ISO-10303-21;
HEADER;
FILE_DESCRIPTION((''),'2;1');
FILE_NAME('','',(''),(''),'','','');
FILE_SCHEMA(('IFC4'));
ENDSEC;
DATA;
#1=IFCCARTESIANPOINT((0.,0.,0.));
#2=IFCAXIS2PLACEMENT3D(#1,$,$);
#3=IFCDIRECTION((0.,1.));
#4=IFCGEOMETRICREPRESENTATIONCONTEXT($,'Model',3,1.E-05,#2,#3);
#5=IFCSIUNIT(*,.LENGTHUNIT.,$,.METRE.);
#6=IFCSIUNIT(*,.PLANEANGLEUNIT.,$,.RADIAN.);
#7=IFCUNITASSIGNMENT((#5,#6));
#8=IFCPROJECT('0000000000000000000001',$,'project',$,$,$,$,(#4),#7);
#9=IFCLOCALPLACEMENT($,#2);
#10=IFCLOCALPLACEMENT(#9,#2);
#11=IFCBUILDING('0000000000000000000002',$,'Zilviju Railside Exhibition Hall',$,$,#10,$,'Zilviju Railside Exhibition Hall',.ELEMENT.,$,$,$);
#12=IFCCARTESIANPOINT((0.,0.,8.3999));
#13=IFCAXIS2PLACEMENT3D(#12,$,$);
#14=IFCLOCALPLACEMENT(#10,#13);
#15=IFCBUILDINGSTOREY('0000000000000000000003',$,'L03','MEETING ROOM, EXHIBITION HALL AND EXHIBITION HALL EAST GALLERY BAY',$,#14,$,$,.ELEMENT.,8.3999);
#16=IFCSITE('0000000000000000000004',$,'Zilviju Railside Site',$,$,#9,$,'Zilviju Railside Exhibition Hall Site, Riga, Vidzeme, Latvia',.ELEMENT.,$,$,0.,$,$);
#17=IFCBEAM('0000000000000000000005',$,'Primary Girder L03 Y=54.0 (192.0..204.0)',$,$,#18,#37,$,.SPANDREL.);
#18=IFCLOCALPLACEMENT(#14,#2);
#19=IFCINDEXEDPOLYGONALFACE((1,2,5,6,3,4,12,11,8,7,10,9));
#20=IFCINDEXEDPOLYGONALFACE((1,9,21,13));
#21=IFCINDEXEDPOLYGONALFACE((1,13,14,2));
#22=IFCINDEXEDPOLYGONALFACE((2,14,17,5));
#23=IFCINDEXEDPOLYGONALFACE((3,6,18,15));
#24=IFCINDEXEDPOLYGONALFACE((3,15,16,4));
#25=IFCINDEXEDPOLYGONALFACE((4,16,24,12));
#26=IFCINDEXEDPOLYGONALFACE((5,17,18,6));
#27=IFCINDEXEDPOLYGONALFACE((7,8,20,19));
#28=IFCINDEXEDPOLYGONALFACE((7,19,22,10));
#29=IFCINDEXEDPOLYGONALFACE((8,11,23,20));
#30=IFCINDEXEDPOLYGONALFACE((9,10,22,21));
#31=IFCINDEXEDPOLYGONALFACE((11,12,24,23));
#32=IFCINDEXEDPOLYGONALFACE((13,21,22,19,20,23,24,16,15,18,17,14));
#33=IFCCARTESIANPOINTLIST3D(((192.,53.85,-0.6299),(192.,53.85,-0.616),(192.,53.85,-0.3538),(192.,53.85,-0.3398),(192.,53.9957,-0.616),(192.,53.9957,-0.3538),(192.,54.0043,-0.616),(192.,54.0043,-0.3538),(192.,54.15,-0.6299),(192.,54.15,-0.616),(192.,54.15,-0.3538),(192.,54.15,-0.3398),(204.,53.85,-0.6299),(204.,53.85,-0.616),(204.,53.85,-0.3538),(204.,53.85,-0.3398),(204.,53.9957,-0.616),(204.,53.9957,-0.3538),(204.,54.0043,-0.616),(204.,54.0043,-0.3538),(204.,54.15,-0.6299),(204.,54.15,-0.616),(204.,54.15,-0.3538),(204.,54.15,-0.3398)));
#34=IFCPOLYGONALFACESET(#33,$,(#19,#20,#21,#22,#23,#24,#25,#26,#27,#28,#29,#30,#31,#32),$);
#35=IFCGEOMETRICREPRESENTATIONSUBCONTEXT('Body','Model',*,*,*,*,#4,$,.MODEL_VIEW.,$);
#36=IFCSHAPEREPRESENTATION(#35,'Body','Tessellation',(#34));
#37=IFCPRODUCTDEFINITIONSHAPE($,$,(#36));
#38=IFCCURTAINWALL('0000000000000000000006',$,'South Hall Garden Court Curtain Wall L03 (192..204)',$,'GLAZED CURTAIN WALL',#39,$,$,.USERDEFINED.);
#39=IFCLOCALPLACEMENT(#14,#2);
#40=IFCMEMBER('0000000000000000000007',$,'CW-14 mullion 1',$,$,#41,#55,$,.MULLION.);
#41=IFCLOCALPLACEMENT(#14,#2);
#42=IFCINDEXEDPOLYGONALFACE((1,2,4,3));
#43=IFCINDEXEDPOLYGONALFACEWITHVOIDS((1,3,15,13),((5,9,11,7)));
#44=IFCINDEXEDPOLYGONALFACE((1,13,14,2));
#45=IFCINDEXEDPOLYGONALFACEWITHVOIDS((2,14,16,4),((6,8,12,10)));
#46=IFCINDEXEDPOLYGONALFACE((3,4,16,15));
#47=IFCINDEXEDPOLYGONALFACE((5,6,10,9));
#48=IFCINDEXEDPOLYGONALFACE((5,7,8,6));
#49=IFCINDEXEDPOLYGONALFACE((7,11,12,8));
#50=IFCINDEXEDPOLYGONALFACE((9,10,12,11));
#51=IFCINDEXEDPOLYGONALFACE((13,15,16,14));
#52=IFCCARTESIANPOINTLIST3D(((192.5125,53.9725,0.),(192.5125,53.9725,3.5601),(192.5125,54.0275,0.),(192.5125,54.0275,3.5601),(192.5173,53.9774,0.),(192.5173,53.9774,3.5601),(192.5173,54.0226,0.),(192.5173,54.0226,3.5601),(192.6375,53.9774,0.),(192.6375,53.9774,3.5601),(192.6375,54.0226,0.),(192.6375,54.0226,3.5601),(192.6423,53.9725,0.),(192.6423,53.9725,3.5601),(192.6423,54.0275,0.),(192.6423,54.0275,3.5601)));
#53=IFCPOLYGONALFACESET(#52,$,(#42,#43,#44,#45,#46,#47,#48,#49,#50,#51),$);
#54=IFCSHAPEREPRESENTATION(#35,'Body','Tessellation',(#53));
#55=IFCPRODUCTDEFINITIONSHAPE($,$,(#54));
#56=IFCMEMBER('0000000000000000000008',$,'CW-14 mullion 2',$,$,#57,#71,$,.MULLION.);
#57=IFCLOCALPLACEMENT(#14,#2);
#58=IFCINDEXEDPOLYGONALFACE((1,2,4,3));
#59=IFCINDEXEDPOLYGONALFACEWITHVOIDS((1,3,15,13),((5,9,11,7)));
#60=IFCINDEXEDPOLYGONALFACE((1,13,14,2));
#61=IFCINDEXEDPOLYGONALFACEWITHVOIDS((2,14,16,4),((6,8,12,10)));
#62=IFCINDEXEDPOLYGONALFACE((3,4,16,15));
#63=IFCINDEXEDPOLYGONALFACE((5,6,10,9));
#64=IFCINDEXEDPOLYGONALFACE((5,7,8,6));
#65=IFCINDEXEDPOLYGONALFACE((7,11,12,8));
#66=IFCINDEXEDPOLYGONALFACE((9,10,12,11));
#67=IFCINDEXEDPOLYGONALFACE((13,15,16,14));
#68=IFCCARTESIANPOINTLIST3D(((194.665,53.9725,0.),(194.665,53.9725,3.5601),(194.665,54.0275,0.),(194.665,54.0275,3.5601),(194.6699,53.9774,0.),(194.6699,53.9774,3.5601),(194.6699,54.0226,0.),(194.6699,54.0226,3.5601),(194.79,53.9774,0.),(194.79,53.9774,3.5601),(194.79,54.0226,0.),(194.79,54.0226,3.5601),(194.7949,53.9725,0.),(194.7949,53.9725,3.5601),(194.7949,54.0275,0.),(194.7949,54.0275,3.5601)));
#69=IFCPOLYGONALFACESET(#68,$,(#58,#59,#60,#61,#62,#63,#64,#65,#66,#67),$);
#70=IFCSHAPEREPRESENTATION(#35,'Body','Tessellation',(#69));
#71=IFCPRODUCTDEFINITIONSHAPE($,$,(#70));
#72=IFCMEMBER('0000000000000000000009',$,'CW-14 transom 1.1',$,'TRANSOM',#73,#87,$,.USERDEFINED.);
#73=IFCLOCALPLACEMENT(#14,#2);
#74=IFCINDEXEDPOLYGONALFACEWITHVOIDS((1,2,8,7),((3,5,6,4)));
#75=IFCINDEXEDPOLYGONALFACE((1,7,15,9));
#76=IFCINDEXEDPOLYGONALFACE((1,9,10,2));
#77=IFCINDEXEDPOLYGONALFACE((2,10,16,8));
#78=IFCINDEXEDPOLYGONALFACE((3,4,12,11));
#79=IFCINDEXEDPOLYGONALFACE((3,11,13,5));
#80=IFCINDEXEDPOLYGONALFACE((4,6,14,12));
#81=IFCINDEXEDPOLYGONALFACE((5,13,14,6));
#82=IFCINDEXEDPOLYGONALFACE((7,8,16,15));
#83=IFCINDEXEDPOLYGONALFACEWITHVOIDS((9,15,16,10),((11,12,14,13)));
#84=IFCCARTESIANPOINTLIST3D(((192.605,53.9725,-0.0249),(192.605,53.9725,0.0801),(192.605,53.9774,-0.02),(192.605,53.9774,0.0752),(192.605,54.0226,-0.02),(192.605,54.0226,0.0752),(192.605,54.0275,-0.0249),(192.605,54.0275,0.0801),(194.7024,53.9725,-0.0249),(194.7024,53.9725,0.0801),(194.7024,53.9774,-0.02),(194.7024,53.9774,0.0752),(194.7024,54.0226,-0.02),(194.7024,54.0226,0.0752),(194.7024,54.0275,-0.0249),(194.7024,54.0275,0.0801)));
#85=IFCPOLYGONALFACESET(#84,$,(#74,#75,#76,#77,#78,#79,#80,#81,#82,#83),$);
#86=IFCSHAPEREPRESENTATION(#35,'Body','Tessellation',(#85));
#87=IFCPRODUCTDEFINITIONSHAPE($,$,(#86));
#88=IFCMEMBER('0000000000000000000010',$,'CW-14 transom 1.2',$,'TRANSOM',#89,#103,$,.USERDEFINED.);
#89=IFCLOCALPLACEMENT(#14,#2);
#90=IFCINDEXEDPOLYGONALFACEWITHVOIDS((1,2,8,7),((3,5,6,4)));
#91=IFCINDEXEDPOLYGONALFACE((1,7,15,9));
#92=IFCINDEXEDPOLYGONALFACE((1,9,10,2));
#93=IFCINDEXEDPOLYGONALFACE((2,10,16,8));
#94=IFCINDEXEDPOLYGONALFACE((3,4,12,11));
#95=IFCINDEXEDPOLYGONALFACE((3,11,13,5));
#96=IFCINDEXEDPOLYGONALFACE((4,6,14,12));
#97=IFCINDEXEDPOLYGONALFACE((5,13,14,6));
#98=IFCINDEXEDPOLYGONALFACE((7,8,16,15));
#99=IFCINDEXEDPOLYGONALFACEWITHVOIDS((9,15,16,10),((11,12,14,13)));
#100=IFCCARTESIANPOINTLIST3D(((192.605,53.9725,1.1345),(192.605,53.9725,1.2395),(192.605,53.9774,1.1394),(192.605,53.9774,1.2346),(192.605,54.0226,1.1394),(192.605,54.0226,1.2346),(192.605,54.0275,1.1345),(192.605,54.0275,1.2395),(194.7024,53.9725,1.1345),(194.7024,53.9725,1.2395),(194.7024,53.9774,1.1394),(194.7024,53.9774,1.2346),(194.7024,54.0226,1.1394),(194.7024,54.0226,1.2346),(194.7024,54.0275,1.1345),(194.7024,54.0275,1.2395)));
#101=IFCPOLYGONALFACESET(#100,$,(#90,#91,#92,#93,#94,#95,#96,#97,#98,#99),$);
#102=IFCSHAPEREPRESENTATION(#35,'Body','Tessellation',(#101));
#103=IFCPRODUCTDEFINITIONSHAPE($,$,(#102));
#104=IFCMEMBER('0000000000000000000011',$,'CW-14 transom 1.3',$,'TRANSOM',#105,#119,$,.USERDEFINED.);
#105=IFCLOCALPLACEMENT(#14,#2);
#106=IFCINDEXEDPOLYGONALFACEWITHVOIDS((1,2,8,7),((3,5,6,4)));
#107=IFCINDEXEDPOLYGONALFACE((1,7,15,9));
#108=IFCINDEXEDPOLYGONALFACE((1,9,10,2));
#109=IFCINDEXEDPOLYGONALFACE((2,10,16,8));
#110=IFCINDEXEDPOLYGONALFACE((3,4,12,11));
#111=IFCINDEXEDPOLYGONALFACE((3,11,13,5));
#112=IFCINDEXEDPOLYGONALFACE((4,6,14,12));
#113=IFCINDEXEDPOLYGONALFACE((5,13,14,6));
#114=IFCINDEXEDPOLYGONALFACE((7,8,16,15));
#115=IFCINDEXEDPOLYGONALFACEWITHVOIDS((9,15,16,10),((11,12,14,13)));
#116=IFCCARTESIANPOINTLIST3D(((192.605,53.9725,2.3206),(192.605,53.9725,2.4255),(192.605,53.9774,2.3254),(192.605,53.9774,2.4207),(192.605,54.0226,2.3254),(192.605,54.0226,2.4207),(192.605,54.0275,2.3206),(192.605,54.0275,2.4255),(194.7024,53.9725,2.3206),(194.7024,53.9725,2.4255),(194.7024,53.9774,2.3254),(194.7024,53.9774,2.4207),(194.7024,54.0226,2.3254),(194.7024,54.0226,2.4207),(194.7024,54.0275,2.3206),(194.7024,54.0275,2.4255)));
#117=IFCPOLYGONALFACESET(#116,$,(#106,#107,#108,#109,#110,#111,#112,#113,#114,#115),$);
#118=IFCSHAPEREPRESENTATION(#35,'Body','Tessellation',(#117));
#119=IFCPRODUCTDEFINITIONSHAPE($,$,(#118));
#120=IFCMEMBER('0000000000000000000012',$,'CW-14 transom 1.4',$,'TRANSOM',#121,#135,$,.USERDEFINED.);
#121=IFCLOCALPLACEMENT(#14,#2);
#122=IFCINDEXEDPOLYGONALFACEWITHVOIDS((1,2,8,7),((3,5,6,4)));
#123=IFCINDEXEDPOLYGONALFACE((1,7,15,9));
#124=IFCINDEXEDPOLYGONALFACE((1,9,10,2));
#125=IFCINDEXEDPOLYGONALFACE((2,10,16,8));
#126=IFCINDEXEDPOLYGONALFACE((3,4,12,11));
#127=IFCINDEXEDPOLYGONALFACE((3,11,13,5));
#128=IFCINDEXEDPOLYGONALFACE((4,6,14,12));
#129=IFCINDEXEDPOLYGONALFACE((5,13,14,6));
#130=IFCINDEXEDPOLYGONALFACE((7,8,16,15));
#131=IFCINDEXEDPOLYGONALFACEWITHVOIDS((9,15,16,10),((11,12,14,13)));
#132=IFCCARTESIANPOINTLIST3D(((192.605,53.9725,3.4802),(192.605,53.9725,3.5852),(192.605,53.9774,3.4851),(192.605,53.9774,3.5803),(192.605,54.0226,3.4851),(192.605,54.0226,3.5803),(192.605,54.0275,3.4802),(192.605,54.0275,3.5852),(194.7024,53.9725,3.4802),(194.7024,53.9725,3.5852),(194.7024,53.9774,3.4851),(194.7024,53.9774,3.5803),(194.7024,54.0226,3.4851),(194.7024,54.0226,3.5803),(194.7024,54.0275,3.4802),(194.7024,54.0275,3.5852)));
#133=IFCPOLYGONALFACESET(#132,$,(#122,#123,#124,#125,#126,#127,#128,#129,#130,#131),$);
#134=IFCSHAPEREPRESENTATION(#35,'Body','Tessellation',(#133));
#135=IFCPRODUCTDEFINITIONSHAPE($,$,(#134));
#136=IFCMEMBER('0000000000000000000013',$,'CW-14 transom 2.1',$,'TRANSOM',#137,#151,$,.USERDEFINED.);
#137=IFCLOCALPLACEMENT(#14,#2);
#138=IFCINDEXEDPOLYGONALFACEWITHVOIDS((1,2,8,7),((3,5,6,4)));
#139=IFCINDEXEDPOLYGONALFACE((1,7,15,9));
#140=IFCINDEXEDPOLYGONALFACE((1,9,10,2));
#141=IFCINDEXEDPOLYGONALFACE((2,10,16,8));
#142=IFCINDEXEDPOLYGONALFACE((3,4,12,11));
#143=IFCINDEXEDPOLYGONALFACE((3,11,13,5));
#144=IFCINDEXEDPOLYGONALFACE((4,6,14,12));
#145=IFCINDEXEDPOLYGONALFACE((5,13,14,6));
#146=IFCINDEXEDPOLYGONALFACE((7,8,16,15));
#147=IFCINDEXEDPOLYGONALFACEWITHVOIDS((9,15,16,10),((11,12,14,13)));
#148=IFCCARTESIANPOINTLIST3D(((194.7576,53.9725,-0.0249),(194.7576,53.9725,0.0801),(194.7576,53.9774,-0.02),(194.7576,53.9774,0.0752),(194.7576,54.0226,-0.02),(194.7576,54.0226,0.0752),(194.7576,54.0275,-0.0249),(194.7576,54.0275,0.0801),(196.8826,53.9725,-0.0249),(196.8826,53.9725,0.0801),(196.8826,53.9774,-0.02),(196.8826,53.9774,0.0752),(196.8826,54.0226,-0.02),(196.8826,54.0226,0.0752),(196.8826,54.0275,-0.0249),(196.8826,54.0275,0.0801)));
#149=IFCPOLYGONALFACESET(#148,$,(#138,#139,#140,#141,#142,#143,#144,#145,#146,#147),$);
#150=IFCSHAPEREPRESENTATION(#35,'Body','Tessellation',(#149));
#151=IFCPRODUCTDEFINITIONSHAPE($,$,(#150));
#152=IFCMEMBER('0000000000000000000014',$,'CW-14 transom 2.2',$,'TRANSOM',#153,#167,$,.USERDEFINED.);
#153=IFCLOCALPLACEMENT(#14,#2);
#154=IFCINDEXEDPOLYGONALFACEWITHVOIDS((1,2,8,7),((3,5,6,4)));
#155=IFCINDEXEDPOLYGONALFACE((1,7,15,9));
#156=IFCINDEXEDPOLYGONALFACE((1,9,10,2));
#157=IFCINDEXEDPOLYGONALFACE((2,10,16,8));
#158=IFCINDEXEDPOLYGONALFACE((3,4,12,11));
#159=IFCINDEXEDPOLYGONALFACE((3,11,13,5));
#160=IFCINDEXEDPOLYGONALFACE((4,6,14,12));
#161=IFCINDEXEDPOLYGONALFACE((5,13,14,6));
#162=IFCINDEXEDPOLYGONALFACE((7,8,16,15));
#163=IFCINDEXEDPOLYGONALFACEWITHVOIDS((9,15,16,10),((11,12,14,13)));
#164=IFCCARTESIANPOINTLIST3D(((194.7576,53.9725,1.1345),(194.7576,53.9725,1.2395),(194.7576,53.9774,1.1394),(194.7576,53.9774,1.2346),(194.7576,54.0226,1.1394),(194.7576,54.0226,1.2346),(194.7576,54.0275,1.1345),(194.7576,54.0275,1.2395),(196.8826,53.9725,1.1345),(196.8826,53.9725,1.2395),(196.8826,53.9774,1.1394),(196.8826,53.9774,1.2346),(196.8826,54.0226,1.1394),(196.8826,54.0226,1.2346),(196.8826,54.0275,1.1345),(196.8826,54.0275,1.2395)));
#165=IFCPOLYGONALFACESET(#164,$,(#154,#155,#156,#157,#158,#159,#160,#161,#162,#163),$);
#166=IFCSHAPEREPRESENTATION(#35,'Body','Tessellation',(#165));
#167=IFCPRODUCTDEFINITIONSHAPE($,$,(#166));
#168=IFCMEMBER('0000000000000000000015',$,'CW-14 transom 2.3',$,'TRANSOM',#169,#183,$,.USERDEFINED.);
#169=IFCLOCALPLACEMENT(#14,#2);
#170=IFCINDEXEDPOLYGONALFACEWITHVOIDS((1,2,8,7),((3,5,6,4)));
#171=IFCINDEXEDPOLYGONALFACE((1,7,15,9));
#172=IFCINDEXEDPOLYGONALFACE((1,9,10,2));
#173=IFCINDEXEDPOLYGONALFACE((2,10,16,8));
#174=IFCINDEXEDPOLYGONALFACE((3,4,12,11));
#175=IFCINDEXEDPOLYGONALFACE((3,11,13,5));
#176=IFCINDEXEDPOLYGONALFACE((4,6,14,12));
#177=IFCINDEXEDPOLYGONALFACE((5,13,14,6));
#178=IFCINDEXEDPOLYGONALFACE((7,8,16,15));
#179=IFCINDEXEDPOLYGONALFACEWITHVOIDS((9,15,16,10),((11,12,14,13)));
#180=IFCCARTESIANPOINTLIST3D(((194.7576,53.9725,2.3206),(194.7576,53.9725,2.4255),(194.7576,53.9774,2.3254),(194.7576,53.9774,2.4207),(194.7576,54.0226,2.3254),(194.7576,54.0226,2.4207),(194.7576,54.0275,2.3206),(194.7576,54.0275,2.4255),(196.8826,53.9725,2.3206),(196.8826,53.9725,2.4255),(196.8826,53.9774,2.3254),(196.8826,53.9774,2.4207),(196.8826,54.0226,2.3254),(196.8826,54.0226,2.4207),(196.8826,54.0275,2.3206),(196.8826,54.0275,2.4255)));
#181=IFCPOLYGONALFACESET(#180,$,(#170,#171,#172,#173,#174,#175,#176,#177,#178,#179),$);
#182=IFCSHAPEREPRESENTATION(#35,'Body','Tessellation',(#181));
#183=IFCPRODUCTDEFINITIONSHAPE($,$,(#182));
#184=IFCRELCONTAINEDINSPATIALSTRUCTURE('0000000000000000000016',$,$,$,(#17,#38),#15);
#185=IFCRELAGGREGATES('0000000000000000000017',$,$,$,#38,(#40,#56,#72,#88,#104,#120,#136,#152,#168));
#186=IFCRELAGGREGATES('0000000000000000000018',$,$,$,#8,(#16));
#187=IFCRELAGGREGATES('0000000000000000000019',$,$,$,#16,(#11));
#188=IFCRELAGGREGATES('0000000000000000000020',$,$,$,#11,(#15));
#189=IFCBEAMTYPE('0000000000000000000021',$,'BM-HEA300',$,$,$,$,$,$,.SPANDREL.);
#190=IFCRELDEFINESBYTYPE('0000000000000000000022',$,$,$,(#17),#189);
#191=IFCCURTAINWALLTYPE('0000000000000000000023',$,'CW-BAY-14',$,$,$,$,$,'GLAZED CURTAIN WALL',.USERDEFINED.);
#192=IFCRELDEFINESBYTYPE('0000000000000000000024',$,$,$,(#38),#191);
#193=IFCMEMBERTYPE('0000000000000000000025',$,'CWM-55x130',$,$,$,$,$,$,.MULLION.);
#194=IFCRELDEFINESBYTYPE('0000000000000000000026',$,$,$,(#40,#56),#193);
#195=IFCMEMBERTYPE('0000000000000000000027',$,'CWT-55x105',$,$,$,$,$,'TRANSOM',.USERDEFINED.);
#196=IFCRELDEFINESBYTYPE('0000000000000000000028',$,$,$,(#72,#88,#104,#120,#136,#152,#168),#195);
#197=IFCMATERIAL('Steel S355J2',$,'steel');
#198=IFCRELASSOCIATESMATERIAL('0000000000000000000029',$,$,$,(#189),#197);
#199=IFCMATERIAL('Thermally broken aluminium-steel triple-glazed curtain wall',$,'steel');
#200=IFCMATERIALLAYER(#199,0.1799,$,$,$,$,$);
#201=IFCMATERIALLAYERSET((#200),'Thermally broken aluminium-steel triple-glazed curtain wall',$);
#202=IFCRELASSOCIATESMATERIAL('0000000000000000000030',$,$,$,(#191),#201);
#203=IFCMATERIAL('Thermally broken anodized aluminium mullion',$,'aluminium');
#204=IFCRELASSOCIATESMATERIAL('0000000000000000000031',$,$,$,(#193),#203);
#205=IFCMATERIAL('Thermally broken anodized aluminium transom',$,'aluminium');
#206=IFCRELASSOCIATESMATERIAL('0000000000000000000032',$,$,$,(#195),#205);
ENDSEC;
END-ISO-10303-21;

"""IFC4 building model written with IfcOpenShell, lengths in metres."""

from ifc_helpers import new_model, si_unit, direction, frame, origin, origin_2d, place, context, subcontext, project, spatial, hollow_rectangle, i_section, extrude, material, layer, layer_set, material_profile, profile_set, type_object, element, aggregate, save


model = new_model("IFC4")

# Units and contexts
model_context = context("Model", 3, precision=1e-05, world=origin(), true_north=direction((0.0, 1.0)))
body_context = subcontext(model_context, "Body", "Model", "MODEL_VIEW")
ifc_project = project(units=[si_unit("LENGTHUNIT", "METRE"), si_unit("PLANEANGLEUNIT", "RADIAN")], contexts=[model_context])

# Site, building, storey
site_placement = place(None, origin())
site = spatial("IfcSite", under=ifc_project, at=site_placement, Name="Zilviju Railside Site", LongName="Zilviju Railside Exhibition Hall Site, Riga, Vidzeme, Latvia", CompositionType="ELEMENT", RefElevation=0.0)
building_placement = place(site_placement, origin())
building = spatial("IfcBuilding", under=site, at=building_placement, Name="Zilviju Railside Exhibition Hall", LongName="Zilviju Railside Exhibition Hall", CompositionType="ELEMENT")
storey_placement = place(building_placement, frame((0.0, 0.0, 8.3999)))
storey = spatial("IfcBuildingStorey", under=building, at=storey_placement, Name="L03", Description="MEETING ROOM, EXHIBITION HALL AND EXHIBITION HALL EAST GALLERY BAY", CompositionType="ELEMENT", Elevation=8.3999)

# Beam
ifc_material_1 = material(Name="Steel S355J2", Category="steel")
ifc_material_profile_1 = material_profile(ifc_material_1, i_section(OverallWidth=0.3, OverallDepth=0.29, WebThickness=0.0085, FlangeThickness=0.0139, at=origin_2d()), Name="HEA 300")
ifc_profile_set_1 = profile_set([ifc_material_profile_1], Name="Steel S355J2")
beam_type = type_object("IfcBeamType", Name="BM-HEA300", PredefinedType="SPANDREL", material=ifc_profile_set_1)
beam_placement = place(storey_placement, frame((192.0, 54.0, -0.4849), z_axis=(1.0, 0.0, 0.0), x_axis=(0.0, 1.0, 0.0)))
element("IfcBeam", 1, at=beam_placement, inside=storey, type_object=beam_type, Name="Primary Girder L03 Y=54.0 (192.0..204.0)", PredefinedType="SPANDREL", context=body_context, shape_type="SweptSolid", body=[
    extrude(i_section(OverallWidth=0.3, OverallDepth=0.29, WebThickness=0.0085, FlangeThickness=0.0139, at=origin_2d()), origin(), (0.0, 0.0, 1.0), 12.0),
])

# Curtain wall, members
ifc_material_2 = material(Name="Thermally broken aluminium-steel triple-glazed curtain wall", Category="steel")
ifc_layer_1 = layer(ifc_material_2, 0.1799)
ifc_layer_set_1 = layer_set([ifc_layer_1], Name="Thermally broken aluminium-steel triple-glazed curtain wall")
curtain_wall_type_1 = type_object("IfcCurtainWallType", Name="CW-BAY-14", ElementType="GLAZED CURTAIN WALL", PredefinedType="USERDEFINED", material=ifc_layer_set_1)
curtain_wall_1_placement = place(storey_placement, origin())
curtain_wall_1 = element("IfcCurtainWall", 2, at=curtain_wall_1_placement, inside=storey, type_object=curtain_wall_type_1, Name="South Hall Garden Court Curtain Wall L03 (192..204)", ObjectType="GLAZED CURTAIN WALL", PredefinedType="USERDEFINED")
ifc_material_3 = material(Name="Thermally broken anodized aluminium mullion", Category="aluminium")
ifc_material_profile_2 = material_profile(ifc_material_3, hollow_rectangle(XDim=0.0549, YDim=0.1299, WallThickness=0.0049, at=origin_2d()), Name="MULLION 130x55x5")
ifc_profile_set_2 = profile_set([ifc_material_profile_2], Name="Thermally broken anodized aluminium mullion")
member_type_1 = type_object("IfcMemberType", Name="CWM-55x130", PredefinedType="MULLION", material=ifc_profile_set_2)
member_1_placement = place(storey_placement, frame((192.5774, 54.0, 0.0), z_axis=(0.0, 0.0, 1.0), x_axis=(0.0, 1.0, 0.0)))
member_1 = element("IfcMember", 3, at=member_1_placement, type_object=member_type_1, Name="CW-14 mullion 1", PredefinedType="MULLION", context=body_context, shape_type="SweptSolid", body=[
    extrude(hollow_rectangle(XDim=0.0549, YDim=0.1299, WallThickness=0.0049, at=origin_2d()), origin(), (0.0, 0.0, 1.0), 3.5601),
])
member_2_placement = place(storey_placement, frame((194.73, 54.0, 0.0), z_axis=(0.0, 0.0, 1.0), x_axis=(0.0, 1.0, 0.0)))
member_2 = element("IfcMember", 4, at=member_2_placement, type_object=member_type_1, Name="CW-14 mullion 2", PredefinedType="MULLION", context=body_context, shape_type="SweptSolid", body=[
    extrude(hollow_rectangle(XDim=0.0549, YDim=0.1299, WallThickness=0.0049, at=origin_2d()), origin(), (0.0, 0.0, 1.0), 3.5601),
])
ifc_material_4 = material(Name="Thermally broken anodized aluminium transom", Category="aluminium")
ifc_material_profile_3 = material_profile(ifc_material_4, hollow_rectangle(XDim=0.0549, YDim=0.105, WallThickness=0.0049, at=origin_2d()), Name="TRANSOM 105x55x5")
ifc_profile_set_3 = profile_set([ifc_material_profile_3], Name="Thermally broken anodized aluminium transom")
member_type_2 = type_object("IfcMemberType", Name="CWT-55x105", ElementType="TRANSOM", PredefinedType="USERDEFINED", material=ifc_profile_set_3)
member_3_placement = place(storey_placement, frame((192.605, 54.0, 0.0276), z_axis=(1.0, 0.0, 0.0), x_axis=(0.0, 1.0, 0.0)))
member_3 = element("IfcMember", 5, at=member_3_placement, type_object=member_type_2, Name="CW-14 transom 1.1", ObjectType="TRANSOM", PredefinedType="USERDEFINED", context=body_context, shape_type="SweptSolid", body=[
    extrude(hollow_rectangle(XDim=0.0549, YDim=0.105, WallThickness=0.0049, at=origin_2d()), origin(), (0.0, 0.0, 1.0), 2.0974),
])
member_4_placement = place(storey_placement, frame((192.605, 54.0, 1.187), z_axis=(1.0, 0.0, 0.0), x_axis=(0.0, 1.0, 0.0)))
member_4 = element("IfcMember", 6, at=member_4_placement, type_object=member_type_2, Name="CW-14 transom 1.2", ObjectType="TRANSOM", PredefinedType="USERDEFINED", context=body_context, shape_type="SweptSolid", body=[
    extrude(hollow_rectangle(XDim=0.0549, YDim=0.105, WallThickness=0.0049, at=origin_2d()), origin(), (0.0, 0.0, 1.0), 2.0974),
])
member_5_placement = place(storey_placement, frame((192.605, 54.0, 2.373), z_axis=(1.0, 0.0, 0.0), x_axis=(0.0, 1.0, 0.0)))
member_5 = element("IfcMember", 7, at=member_5_placement, type_object=member_type_2, Name="CW-14 transom 1.3", ObjectType="TRANSOM", PredefinedType="USERDEFINED", context=body_context, shape_type="SweptSolid", body=[
    extrude(hollow_rectangle(XDim=0.0549, YDim=0.105, WallThickness=0.0049, at=origin_2d()), origin(), (0.0, 0.0, 1.0), 2.0974),
])
member_6_placement = place(storey_placement, frame((192.605, 54.0, 3.5327), z_axis=(1.0, 0.0, 0.0), x_axis=(0.0, 1.0, 0.0)))
member_6 = element("IfcMember", 8, at=member_6_placement, type_object=member_type_2, Name="CW-14 transom 1.4", ObjectType="TRANSOM", PredefinedType="USERDEFINED", context=body_context, shape_type="SweptSolid", body=[
    extrude(hollow_rectangle(XDim=0.0549, YDim=0.105, WallThickness=0.0049, at=origin_2d()), origin(), (0.0, 0.0, 1.0), 2.0974),
])
member_7_placement = place(storey_placement, frame((194.7576, 54.0, 0.0276), z_axis=(1.0, 0.0, 0.0), x_axis=(0.0, 1.0, 0.0)))
member_7 = element("IfcMember", 9, at=member_7_placement, type_object=member_type_2, Name="CW-14 transom 2.1", ObjectType="TRANSOM", PredefinedType="USERDEFINED", context=body_context, shape_type="SweptSolid", body=[
    extrude(hollow_rectangle(XDim=0.0549, YDim=0.105, WallThickness=0.0049, at=origin_2d()), origin(), (0.0, 0.0, 1.0), 2.125),
])
member_8_placement = place(storey_placement, frame((194.7576, 54.0, 1.187), z_axis=(1.0, 0.0, 0.0), x_axis=(0.0, 1.0, 0.0)))
member_8 = element("IfcMember", 10, at=member_8_placement, type_object=member_type_2, Name="CW-14 transom 2.2", ObjectType="TRANSOM", PredefinedType="USERDEFINED", context=body_context, shape_type="SweptSolid", body=[
    extrude(hollow_rectangle(XDim=0.0549, YDim=0.105, WallThickness=0.0049, at=origin_2d()), origin(), (0.0, 0.0, 1.0), 2.125),
])
member_9_placement = place(storey_placement, frame((194.7576, 54.0, 2.373), z_axis=(1.0, 0.0, 0.0), x_axis=(0.0, 1.0, 0.0)))
member_9 = element("IfcMember", 11, at=member_9_placement, type_object=member_type_2, Name="CW-14 transom 2.3", ObjectType="TRANSOM", PredefinedType="USERDEFINED", context=body_context, shape_type="SweptSolid", body=[
    extrude(hollow_rectangle(XDim=0.0549, YDim=0.105, WallThickness=0.0049, at=origin_2d()), origin(), (0.0, 0.0, 1.0), 2.125),
])

aggregate(curtain_wall_1, [member_1, member_2, member_3, member_4, member_5, member_6, member_7, member_8, member_9])

save(model, "model.ifc")
